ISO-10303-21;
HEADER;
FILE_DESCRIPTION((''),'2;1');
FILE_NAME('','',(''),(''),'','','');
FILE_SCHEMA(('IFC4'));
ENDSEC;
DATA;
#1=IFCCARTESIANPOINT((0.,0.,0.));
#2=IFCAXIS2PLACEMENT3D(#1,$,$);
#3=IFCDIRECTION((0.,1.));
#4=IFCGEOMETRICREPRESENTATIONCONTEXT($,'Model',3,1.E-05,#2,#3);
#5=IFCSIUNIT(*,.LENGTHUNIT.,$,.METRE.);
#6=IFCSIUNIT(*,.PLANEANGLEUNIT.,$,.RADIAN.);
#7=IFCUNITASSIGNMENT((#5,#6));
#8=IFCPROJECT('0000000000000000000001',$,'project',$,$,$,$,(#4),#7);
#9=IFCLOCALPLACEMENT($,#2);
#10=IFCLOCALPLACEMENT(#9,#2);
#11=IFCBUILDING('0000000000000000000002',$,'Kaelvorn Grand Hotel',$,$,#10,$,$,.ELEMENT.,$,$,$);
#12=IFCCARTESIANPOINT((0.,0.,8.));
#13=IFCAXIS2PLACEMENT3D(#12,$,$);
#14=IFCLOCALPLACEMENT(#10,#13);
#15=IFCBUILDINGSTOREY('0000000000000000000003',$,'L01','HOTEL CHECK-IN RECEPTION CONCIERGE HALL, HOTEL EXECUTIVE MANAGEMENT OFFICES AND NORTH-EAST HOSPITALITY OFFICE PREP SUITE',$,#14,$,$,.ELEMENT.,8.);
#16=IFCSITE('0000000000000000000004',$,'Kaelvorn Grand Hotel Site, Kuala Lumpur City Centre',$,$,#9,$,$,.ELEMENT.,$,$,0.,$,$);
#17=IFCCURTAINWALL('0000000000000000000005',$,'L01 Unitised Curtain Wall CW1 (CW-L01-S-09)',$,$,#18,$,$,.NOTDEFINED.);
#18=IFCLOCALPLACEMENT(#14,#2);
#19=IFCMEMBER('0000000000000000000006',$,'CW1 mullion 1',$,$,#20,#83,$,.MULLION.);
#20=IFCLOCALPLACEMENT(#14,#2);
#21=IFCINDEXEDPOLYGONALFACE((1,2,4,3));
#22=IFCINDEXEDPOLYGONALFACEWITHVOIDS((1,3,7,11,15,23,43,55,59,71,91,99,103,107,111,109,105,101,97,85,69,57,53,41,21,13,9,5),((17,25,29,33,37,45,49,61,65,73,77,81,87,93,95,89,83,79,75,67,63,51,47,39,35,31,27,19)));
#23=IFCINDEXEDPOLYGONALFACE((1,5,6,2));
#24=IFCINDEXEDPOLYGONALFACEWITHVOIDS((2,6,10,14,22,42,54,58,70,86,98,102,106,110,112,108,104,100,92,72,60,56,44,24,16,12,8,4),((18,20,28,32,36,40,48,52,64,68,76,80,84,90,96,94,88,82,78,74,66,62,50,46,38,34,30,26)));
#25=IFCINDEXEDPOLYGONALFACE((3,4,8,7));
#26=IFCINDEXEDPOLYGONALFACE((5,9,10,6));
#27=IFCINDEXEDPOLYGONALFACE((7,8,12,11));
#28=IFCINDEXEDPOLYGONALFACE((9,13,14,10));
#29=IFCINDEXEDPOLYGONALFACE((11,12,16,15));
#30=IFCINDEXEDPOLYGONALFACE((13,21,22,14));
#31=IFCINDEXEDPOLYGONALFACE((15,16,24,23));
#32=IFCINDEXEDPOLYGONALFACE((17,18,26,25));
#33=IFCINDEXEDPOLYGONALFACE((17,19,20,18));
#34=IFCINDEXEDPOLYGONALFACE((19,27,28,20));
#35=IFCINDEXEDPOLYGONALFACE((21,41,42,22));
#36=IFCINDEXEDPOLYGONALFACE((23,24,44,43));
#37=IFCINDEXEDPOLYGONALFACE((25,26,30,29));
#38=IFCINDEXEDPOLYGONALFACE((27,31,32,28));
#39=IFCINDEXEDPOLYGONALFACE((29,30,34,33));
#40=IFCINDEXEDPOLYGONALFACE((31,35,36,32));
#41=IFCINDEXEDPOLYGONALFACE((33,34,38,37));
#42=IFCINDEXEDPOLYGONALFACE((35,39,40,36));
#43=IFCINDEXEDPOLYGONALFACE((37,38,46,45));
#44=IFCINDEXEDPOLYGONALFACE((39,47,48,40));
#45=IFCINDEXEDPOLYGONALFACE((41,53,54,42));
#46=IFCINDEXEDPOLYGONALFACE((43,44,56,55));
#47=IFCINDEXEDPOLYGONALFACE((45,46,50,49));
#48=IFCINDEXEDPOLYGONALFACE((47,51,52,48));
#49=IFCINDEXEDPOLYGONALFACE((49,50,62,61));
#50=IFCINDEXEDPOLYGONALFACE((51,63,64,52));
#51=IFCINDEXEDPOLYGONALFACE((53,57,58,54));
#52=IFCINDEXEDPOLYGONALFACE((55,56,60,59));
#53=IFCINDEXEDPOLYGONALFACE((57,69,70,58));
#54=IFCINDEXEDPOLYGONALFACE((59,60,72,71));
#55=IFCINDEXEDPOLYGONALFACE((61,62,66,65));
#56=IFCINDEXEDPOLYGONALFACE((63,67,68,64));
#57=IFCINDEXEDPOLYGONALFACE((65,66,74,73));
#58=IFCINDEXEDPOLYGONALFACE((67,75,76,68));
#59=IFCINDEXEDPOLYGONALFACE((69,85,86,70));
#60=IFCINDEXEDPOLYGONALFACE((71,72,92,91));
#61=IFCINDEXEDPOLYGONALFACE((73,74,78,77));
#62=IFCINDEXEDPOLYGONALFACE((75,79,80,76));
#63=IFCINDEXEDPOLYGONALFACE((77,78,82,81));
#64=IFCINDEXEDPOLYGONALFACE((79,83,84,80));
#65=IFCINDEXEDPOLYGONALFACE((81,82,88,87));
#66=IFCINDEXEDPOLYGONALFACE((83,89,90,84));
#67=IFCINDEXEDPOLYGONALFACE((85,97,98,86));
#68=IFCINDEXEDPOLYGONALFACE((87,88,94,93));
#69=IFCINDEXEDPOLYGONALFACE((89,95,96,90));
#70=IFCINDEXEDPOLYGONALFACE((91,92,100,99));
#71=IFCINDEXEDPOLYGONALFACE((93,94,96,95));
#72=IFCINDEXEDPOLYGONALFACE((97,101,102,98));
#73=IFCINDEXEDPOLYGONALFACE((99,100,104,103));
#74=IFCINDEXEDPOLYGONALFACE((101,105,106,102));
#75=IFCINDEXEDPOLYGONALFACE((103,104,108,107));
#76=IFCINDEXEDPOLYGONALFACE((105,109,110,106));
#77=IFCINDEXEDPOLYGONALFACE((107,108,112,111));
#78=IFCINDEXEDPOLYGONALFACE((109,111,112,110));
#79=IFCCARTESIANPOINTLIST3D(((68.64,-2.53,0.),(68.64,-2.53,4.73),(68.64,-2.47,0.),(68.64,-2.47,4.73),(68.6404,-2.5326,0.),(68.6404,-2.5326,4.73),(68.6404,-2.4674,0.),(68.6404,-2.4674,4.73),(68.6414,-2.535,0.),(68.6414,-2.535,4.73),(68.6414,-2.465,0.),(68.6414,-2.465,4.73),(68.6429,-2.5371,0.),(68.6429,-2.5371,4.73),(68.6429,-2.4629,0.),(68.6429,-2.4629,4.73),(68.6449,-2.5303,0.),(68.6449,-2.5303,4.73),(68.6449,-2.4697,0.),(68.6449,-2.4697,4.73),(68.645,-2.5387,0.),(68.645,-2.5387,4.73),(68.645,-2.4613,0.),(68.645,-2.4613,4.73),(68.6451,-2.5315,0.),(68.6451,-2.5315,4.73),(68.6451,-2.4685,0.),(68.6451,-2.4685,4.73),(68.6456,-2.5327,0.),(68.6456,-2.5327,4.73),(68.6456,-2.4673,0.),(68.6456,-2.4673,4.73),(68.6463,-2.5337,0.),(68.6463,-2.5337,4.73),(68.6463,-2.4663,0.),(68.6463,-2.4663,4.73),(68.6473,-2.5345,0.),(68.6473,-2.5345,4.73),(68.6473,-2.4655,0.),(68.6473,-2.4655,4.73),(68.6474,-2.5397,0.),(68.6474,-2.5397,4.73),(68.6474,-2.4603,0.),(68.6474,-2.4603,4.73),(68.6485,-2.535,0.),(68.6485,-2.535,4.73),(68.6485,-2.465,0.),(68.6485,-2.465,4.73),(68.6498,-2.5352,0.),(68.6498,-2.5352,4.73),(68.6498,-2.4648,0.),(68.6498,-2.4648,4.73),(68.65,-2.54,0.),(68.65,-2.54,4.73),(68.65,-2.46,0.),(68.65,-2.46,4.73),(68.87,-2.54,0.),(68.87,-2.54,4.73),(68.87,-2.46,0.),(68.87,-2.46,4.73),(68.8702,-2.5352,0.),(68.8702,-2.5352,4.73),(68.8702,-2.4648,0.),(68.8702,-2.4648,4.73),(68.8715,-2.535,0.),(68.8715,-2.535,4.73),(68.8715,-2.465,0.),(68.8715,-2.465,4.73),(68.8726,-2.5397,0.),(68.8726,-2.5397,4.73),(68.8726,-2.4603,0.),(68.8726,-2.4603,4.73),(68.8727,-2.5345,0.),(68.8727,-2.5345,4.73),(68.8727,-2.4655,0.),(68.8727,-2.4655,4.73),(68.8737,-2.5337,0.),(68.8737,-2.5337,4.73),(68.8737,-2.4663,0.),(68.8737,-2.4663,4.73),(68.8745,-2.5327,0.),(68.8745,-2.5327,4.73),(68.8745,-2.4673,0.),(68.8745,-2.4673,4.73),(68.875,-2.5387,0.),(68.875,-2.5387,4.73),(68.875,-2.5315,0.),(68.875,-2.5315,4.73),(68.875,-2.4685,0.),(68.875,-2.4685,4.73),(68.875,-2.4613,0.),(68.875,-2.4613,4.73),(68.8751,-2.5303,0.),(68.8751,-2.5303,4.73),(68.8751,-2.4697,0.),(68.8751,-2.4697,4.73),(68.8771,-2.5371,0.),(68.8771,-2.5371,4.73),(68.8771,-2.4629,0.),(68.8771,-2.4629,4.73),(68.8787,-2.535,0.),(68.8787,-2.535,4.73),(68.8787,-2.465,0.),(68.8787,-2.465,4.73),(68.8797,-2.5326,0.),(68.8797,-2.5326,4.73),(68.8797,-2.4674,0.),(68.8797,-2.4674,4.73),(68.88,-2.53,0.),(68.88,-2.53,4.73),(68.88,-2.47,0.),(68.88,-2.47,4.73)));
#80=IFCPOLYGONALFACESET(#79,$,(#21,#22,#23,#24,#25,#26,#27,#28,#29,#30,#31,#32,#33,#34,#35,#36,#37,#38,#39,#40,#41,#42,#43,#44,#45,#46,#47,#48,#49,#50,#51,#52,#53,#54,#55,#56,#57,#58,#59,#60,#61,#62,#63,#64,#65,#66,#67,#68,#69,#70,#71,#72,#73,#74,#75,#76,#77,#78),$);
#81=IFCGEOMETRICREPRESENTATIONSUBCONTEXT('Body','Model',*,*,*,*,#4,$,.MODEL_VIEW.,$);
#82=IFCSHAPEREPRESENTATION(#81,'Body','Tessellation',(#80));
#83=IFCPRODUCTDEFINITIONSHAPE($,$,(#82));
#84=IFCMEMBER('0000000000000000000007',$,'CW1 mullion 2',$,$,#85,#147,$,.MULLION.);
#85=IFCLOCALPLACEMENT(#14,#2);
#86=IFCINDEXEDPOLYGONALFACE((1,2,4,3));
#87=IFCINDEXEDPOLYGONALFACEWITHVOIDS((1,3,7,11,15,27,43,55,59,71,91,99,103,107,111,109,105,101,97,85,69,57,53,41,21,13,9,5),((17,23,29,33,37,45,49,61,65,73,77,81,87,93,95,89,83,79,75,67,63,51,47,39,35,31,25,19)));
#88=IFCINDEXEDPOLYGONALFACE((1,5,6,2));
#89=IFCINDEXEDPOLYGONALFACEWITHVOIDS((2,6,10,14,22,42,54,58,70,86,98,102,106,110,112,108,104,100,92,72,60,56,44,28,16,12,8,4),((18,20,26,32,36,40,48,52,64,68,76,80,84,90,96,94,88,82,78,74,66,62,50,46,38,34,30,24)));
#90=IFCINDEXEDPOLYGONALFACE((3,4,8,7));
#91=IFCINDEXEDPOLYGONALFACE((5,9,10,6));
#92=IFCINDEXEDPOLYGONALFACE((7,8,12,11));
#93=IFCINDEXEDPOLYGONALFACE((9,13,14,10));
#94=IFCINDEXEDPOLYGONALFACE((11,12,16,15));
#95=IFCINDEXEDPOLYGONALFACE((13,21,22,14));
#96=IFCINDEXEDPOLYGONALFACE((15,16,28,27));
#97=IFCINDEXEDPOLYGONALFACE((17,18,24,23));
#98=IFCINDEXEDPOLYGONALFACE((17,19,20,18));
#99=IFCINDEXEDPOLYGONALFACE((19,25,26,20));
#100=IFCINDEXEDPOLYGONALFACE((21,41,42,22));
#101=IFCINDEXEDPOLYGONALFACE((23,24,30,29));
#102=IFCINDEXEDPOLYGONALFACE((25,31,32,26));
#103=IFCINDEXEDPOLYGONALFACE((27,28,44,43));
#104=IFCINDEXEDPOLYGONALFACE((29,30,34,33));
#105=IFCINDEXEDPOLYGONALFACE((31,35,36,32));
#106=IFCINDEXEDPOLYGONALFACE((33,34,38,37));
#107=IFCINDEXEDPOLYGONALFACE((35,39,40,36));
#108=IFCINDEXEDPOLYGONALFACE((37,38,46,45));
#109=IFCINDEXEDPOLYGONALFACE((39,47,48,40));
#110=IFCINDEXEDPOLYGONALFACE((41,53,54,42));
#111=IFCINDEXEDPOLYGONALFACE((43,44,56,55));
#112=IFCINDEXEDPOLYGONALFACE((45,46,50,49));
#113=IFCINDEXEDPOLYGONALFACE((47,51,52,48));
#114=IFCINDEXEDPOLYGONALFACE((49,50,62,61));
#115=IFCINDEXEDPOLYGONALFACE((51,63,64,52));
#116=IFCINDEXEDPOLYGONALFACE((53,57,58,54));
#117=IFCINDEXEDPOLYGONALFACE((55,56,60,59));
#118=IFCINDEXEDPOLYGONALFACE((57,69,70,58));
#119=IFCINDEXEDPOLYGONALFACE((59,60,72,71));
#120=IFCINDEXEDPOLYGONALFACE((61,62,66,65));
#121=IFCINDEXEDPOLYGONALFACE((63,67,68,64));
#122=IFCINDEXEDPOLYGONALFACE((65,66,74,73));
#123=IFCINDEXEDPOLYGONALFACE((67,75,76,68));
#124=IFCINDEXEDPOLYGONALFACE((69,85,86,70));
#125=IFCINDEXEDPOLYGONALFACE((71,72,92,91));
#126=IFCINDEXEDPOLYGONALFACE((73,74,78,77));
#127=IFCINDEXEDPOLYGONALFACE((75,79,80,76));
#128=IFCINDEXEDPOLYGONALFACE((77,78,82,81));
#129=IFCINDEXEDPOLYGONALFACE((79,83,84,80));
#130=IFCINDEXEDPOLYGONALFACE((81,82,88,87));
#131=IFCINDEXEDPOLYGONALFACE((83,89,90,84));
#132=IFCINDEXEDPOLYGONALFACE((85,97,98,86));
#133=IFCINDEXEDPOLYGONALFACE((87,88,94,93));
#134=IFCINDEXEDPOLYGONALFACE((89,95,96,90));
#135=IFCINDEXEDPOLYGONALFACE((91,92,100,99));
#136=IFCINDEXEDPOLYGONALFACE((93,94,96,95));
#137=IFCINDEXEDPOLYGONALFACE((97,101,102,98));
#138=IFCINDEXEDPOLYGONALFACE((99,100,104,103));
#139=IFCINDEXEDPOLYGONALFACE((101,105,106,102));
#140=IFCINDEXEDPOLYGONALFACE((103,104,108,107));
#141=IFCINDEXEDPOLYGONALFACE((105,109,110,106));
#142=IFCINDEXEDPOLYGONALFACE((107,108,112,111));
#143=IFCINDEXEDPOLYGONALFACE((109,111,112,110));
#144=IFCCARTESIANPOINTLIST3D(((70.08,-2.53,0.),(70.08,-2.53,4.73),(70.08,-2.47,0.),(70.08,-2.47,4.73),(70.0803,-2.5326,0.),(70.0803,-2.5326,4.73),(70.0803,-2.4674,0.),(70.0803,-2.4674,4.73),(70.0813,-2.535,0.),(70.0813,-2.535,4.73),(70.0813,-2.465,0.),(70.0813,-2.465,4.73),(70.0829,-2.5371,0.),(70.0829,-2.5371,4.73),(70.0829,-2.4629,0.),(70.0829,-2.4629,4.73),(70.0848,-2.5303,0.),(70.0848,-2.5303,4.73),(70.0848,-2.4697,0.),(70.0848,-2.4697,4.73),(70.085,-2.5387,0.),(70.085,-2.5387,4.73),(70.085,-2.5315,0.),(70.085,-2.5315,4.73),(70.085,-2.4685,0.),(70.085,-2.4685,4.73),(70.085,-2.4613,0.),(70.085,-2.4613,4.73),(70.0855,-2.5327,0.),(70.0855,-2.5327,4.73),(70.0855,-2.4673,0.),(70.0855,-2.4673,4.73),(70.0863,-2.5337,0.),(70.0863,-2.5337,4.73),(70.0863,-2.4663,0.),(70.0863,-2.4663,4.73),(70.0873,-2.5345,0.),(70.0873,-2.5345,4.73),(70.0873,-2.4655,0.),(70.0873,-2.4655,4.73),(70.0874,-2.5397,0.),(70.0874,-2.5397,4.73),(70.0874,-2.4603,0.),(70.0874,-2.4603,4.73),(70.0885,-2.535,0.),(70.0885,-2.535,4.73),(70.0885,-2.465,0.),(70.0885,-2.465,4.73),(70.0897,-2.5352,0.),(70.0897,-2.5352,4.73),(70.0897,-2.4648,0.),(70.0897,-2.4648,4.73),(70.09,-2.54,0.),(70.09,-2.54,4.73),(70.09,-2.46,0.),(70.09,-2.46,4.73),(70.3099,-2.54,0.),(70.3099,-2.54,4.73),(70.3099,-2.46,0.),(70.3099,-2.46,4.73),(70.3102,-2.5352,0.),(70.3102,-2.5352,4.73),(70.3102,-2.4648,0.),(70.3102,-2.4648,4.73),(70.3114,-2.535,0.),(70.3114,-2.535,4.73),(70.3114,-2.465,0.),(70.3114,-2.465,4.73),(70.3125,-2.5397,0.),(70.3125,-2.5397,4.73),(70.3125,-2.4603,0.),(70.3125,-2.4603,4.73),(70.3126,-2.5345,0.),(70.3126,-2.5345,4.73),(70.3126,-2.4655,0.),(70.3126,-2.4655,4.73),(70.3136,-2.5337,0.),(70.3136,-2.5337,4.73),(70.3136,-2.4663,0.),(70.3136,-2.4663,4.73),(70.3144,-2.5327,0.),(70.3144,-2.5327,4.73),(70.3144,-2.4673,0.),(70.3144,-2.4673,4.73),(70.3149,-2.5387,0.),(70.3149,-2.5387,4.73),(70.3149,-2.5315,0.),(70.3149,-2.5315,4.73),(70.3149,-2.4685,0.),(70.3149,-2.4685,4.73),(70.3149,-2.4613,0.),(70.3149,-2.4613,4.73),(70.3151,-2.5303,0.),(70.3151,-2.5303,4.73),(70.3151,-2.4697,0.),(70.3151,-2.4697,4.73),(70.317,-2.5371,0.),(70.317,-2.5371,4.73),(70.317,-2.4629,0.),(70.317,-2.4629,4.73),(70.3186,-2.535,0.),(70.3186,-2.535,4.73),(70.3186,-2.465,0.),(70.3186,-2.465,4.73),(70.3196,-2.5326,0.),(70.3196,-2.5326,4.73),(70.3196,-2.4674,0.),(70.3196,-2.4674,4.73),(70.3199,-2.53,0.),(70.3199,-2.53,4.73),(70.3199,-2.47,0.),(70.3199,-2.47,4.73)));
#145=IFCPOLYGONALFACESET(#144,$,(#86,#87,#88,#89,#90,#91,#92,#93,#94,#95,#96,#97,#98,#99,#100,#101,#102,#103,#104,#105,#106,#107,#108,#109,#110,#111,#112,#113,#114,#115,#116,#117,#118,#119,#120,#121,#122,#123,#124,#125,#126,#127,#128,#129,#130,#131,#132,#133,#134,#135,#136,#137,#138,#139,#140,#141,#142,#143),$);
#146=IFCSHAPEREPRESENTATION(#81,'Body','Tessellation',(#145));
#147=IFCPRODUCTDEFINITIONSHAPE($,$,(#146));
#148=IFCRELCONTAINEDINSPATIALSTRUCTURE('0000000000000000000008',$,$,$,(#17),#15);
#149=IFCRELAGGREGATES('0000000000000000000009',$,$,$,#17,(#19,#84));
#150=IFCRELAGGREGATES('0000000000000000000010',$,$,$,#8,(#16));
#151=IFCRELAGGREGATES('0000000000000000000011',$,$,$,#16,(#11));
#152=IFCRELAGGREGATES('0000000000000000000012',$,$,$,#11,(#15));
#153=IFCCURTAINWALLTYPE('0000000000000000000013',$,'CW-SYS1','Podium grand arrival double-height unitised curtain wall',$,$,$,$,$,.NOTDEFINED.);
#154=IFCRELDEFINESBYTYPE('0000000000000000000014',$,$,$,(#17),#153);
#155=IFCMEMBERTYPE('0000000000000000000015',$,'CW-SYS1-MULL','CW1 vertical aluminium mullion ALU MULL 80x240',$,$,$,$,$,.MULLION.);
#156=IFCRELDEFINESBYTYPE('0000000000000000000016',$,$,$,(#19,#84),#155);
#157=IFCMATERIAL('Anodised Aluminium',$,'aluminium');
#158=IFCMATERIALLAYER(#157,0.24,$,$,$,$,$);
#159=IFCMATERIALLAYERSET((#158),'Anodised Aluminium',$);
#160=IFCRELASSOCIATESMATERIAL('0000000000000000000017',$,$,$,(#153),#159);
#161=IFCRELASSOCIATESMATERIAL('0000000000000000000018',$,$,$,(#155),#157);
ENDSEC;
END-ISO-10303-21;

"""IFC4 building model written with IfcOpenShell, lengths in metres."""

from ifc_helpers import new_model, si_unit, direction, frame, origin, origin_2d, place, context, subcontext, project, spatial, hollow_rectangle, extrude, material, layer, layer_set, material_profile, profile_set, type_object, element, aggregate, save


model = new_model("IFC4")

# Units and contexts
model_context = context("Model", 3, precision=1e-05, world=origin(), true_north=direction((0.0, 1.0)))
body_context = subcontext(model_context, "Body", "Model", "MODEL_VIEW")
ifc_project = project(units=[si_unit("LENGTHUNIT", "METRE"), si_unit("PLANEANGLEUNIT", "RADIAN")], contexts=[model_context])

# Site, building, storey
site_placement = place(None, origin())
site = spatial("IfcSite", under=ifc_project, at=site_placement, Name="Kaelvorn Grand Hotel Site, Kuala Lumpur City Centre", CompositionType="ELEMENT", RefElevation=0.0)
building_placement = place(site_placement, origin())
building = spatial("IfcBuilding", under=site, at=building_placement, Name="Kaelvorn Grand Hotel", CompositionType="ELEMENT")
storey_placement = place(building_placement, frame((0.0, 0.0, 8.0)))
storey = spatial("IfcBuildingStorey", under=building, at=storey_placement, Name="L01", Description="HOTEL CHECK-IN RECEPTION CONCIERGE HALL, HOTEL EXECUTIVE MANAGEMENT OFFICES AND NORTH-EAST HOSPITALITY OFFICE PREP SUITE", CompositionType="ELEMENT", Elevation=8.0)

# Curtain wall, members
ifc_material_1 = material(Name="Anodised Aluminium", Category="aluminium")
ifc_layer_1 = layer(ifc_material_1, 0.24)
ifc_layer_set_1 = layer_set([ifc_layer_1], Name="Anodised Aluminium")
curtain_wall_type = type_object("IfcCurtainWallType", Name="CW-SYS1", Description="Podium grand arrival double-height unitised curtain wall", PredefinedType="NOTDEFINED", material=ifc_layer_set_1)
ifc_material_profile_1 = material_profile(ifc_material_1, hollow_rectangle(XDim=0.0801, YDim=0.24, WallThickness=0.0049, InnerFilletRadius=0.0049, OuterFilletRadius=0.01, at=origin_2d()), Name="ALU MULL 80x240")
ifc_profile_set_1 = profile_set([ifc_material_profile_1], Name="Anodised Aluminium")
member_type_1 = type_object("IfcMemberType", Name="CW-SYS1-MULL", Description="CW1 vertical aluminium mullion ALU MULL 80x240", PredefinedType="MULLION", material=ifc_profile_set_1)
curtain_wall_1_placement = place(storey_placement, origin())
curtain_wall_1 = element("IfcCurtainWall", 1, at=curtain_wall_1_placement, inside=storey, type_object=curtain_wall_type, Name="L01 Unitised Curtain Wall CW1 (CW-L01-S-09)", PredefinedType="NOTDEFINED")
member_1_placement = place(storey_placement, frame((68.76, -2.5, 0.0), z_axis=(0.0, 0.0, 1.0), x_axis=(0.0, 1.0, 0.0)))
member_1 = element("IfcMember", 2, at=member_1_placement, type_object=member_type_1, Name="CW1 mullion 1", PredefinedType="MULLION", context=body_context, shape_type="SweptSolid", body=[
    extrude(hollow_rectangle(XDim=0.0801, YDim=0.24, WallThickness=0.0049, InnerFilletRadius=0.0049, OuterFilletRadius=0.01, at=origin_2d()), origin(), (0.0, 0.0, 1.0), 4.73),
])
member_2_placement = place(storey_placement, frame((70.2, -2.5, 0.0), z_axis=(0.0, 0.0, 1.0), x_axis=(0.0, 1.0, 0.0)))
member_2 = element("IfcMember", 3, at=member_2_placement, type_object=member_type_1, Name="CW1 mullion 2", PredefinedType="MULLION", context=body_context, shape_type="SweptSolid", body=[
    extrude(hollow_rectangle(XDim=0.0801, YDim=0.24, WallThickness=0.0049, InnerFilletRadius=0.0049, OuterFilletRadius=0.01, at=origin_2d()), origin(), (0.0, 0.0, 1.0), 4.73),
])

aggregate(curtain_wall_1, [member_1, member_2])

save(model, "model.ifc")
